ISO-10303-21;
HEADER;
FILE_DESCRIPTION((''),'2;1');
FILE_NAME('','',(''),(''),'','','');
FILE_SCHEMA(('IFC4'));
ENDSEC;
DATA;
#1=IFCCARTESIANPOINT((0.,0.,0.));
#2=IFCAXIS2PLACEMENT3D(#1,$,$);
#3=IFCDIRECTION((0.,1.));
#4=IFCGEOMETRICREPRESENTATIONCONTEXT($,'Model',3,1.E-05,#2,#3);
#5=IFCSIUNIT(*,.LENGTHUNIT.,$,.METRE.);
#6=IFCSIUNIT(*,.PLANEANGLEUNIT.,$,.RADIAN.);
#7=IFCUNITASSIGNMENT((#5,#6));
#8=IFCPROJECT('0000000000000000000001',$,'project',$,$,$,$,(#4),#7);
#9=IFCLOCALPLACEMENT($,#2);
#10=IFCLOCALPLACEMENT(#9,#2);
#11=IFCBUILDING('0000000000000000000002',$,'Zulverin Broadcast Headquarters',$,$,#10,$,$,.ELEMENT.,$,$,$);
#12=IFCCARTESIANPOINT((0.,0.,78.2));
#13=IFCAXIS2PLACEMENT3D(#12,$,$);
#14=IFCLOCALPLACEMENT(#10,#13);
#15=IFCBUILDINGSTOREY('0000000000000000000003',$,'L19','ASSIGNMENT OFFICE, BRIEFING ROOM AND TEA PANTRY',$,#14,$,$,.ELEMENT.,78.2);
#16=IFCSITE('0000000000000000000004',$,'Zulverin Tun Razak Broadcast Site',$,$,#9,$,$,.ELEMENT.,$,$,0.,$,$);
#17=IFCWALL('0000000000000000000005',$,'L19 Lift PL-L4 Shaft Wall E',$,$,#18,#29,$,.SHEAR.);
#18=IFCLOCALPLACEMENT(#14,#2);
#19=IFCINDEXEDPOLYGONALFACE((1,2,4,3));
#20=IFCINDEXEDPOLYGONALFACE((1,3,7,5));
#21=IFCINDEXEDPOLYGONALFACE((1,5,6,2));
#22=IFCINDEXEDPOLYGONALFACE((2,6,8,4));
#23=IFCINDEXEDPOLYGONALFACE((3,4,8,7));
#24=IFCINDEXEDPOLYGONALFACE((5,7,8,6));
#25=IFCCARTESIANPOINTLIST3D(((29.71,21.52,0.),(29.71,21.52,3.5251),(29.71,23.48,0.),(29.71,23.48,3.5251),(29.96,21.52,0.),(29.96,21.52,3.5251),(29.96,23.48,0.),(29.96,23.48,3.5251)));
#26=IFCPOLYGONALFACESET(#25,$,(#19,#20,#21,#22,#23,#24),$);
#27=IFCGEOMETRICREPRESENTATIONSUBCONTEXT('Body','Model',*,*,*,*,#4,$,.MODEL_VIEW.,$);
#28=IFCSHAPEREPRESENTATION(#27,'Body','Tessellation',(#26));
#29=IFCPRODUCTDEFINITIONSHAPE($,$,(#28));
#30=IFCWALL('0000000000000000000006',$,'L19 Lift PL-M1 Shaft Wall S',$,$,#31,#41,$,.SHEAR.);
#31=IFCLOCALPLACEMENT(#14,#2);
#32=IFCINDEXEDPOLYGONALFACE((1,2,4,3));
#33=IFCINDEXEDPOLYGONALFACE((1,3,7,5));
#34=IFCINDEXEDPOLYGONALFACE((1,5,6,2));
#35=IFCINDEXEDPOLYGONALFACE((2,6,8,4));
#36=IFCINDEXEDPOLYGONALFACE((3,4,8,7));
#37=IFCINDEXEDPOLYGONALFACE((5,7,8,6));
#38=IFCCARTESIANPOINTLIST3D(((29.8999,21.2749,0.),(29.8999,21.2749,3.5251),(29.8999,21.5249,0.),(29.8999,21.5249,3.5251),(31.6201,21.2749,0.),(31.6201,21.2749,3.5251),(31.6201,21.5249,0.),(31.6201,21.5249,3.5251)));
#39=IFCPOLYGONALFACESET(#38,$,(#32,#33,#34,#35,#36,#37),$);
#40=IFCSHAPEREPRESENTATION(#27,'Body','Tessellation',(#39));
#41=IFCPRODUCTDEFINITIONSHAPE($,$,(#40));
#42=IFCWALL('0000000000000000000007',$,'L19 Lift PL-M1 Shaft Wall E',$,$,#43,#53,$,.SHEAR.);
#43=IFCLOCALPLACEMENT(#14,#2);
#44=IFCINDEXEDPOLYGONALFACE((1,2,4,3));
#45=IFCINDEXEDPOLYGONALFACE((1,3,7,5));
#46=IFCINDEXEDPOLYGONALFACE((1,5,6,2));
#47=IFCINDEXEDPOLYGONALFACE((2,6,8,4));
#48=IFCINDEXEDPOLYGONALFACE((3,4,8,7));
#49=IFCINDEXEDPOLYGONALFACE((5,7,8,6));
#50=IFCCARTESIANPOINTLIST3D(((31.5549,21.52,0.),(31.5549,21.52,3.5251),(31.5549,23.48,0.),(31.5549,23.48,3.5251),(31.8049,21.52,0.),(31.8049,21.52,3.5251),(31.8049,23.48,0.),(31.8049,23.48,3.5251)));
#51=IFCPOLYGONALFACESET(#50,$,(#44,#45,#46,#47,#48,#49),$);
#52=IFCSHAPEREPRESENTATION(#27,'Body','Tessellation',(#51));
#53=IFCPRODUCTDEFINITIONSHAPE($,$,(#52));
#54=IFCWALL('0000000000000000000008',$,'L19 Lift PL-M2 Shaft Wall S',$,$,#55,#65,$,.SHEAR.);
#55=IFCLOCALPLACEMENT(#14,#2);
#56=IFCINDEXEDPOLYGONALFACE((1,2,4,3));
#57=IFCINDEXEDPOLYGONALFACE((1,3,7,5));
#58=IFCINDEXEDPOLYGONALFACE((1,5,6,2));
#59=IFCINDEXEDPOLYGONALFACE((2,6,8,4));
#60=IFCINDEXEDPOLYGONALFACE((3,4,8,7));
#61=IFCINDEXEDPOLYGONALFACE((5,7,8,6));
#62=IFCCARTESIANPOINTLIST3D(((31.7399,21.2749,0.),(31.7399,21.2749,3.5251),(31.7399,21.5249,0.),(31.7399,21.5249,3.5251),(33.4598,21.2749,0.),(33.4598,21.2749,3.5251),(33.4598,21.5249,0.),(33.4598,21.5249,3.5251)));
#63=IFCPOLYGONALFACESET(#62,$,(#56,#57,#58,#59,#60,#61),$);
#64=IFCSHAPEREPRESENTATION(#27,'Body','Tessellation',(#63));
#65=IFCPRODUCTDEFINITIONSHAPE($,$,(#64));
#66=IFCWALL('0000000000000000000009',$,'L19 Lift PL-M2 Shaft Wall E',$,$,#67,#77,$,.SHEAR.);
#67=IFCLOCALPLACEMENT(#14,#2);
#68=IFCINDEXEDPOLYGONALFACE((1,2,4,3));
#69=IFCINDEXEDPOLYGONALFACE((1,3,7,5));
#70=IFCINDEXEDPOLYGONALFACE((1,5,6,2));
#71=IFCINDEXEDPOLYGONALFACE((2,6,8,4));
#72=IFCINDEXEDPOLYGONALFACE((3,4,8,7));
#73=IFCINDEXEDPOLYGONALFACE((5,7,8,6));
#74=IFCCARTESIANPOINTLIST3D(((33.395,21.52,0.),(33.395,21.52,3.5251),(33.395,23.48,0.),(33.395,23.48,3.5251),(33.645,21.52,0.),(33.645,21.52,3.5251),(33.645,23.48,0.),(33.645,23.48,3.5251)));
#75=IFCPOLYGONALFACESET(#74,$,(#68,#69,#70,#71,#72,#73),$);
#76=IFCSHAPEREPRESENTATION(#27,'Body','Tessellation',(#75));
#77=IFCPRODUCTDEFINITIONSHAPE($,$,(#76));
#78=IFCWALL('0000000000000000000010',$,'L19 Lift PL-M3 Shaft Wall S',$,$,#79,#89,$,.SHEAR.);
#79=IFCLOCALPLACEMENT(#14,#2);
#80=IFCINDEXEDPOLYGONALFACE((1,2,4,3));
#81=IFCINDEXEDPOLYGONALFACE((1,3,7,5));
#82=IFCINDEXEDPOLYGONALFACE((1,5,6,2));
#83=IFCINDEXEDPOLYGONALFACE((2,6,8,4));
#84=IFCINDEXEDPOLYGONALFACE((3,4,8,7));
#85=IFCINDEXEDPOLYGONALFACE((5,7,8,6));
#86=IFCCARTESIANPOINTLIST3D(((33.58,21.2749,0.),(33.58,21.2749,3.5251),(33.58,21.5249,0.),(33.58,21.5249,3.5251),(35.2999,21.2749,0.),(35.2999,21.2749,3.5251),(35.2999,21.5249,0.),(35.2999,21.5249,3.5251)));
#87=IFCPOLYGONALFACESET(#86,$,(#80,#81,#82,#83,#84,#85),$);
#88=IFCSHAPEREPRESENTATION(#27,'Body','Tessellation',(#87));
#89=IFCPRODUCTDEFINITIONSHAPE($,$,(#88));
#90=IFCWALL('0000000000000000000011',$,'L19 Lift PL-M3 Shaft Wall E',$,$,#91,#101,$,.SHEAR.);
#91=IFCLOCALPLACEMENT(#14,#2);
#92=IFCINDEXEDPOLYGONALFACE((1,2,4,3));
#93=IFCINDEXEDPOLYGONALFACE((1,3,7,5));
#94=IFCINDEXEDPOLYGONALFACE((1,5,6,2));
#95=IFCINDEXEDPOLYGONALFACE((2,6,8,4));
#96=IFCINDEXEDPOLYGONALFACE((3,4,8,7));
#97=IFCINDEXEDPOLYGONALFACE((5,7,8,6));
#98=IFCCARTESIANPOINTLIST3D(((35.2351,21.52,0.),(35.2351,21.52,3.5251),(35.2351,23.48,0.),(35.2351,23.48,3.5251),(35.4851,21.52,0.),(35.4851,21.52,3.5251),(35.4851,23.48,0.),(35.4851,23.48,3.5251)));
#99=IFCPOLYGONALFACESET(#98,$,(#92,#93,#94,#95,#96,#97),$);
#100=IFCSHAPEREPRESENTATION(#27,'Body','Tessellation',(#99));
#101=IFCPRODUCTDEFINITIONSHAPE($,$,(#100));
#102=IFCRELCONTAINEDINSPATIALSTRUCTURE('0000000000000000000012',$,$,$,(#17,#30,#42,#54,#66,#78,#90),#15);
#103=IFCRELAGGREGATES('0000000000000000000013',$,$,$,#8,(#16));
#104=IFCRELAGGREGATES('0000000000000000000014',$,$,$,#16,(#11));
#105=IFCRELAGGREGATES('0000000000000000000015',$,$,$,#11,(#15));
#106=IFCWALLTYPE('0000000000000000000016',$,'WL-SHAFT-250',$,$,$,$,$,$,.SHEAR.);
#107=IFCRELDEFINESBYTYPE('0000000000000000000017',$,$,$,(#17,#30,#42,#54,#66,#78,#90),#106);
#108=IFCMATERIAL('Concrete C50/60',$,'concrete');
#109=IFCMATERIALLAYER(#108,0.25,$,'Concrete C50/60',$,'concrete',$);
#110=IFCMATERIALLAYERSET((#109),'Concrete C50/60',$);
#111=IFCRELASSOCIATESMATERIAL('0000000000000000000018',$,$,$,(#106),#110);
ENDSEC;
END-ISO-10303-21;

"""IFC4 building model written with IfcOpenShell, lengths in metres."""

from ifc_helpers import new_model, si_unit, direction, frame, frame_2d, origin, place, context, subcontext, project, spatial, rectangle, extrude, material, layer, layer_set, type_object, element, save


model = new_model("IFC4")

# Units and contexts
model_context = context("Model", 3, precision=1e-05, world=origin(), true_north=direction((0.0, 1.0)))
body_context = subcontext(model_context, "Body", "Model", "MODEL_VIEW")
ifc_project = project(units=[si_unit("LENGTHUNIT", "METRE"), si_unit("PLANEANGLEUNIT", "RADIAN")], contexts=[model_context])

# Site, building, storey
site_placement = place(None, origin())
site = spatial("IfcSite", under=ifc_project, at=site_placement, Name="Zulverin Tun Razak Broadcast Site", CompositionType="ELEMENT", RefElevation=0.0)
building_placement = place(site_placement, origin())
building = spatial("IfcBuilding", under=site, at=building_placement, Name="Zulverin Broadcast Headquarters", CompositionType="ELEMENT")
storey_placement = place(building_placement, frame((0.0, 0.0, 78.2)))
storey = spatial("IfcBuildingStorey", under=building, at=storey_placement, Name="L19", Description="ASSIGNMENT OFFICE, BRIEFING ROOM AND TEA PANTRY", CompositionType="ELEMENT", Elevation=78.2)

# Shared definitions
ifc_material_1 = material(Name="Concrete C50/60", Category="concrete")
ifc_layer_1 = layer(ifc_material_1, 0.25, Name="Concrete C50/60", Category="concrete")
ifc_layer_set_1 = layer_set([ifc_layer_1], Name="Concrete C50/60")
wall_type_1 = type_object("IfcWallType", Name="WL-SHAFT-250", PredefinedType="SHEAR", material=ifc_layer_set_1)

# Walls
wall_1_placement = place(storey_placement, frame((29.835, 21.52, 0.0), z_axis=(0.0, 0.0, 1.0), x_axis=(0.0, 1.0, 0.0)))
element("IfcWall", 1, at=wall_1_placement, inside=storey, type_object=wall_type_1, Name="L19 Lift PL-L4 Shaft Wall E", PredefinedType="SHEAR", context=body_context, shape_type="SweptSolid", body=[
    extrude(rectangle(XDim=1.96, YDim=0.25, at=frame_2d((0.98, 0.0))), origin(), (0.0, 0.0, 1.0), 3.5251),
])
wall_2_placement = place(storey_placement, frame((29.8999, 21.3999, 0.0), z_axis=(0.0, 0.0, 1.0), x_axis=(1.0, 0.0, 0.0)))
element("IfcWall", 2, at=wall_2_placement, inside=storey, type_object=wall_type_1, Name="L19 Lift PL-M1 Shaft Wall S", PredefinedType="SHEAR", context=body_context, shape_type="SweptSolid", body=[
    extrude(rectangle(XDim=1.7202, YDim=0.25, at=frame_2d((0.8601, 0.0))), origin(), (0.0, 0.0, 1.0), 3.5251),
])
wall_3_placement = place(storey_placement, frame((31.6799, 21.52, 0.0), z_axis=(0.0, 0.0, 1.0), x_axis=(0.0, 1.0, 0.0)))
element("IfcWall", 3, at=wall_3_placement, inside=storey, type_object=wall_type_1, Name="L19 Lift PL-M1 Shaft Wall E", PredefinedType="SHEAR", context=body_context, shape_type="SweptSolid", body=[
    extrude(rectangle(XDim=1.96, YDim=0.25, at=frame_2d((0.98, 0.0))), origin(), (0.0, 0.0, 1.0), 3.5251),
])
wall_4_placement = place(storey_placement, frame((31.74, 21.3999, 0.0), z_axis=(0.0, 0.0, 1.0), x_axis=(1.0, 0.0, 0.0)))
element("IfcWall", 4, at=wall_4_placement, inside=storey, type_object=wall_type_1, Name="L19 Lift PL-M2 Shaft Wall S", PredefinedType="SHEAR", context=body_context, shape_type="SweptSolid", body=[
    extrude(rectangle(XDim=1.72, YDim=0.25, at=frame_2d((0.8599, 0.0))), origin(), (0.0, 0.0, 1.0), 3.5251),
])
wall_5_placement = place(storey_placement, frame((33.52, 21.52, 0.0), z_axis=(0.0, 0.0, 1.0), x_axis=(0.0, 1.0, 0.0)))
element("IfcWall", 5, at=wall_5_placement, inside=storey, type_object=wall_type_1, Name="L19 Lift PL-M2 Shaft Wall E", PredefinedType="SHEAR", context=body_context, shape_type="SweptSolid", body=[
    extrude(rectangle(XDim=1.96, YDim=0.25, at=frame_2d((0.98, 0.0))), origin(), (0.0, 0.0, 1.0), 3.5251),
])
wall_6_placement = place(storey_placement, frame((33.5801, 21.3999, 0.0), z_axis=(0.0, 0.0, 1.0), x_axis=(1.0, 0.0, 0.0)))
element("IfcWall", 6, at=wall_6_placement, inside=storey, type_object=wall_type_1, Name="L19 Lift PL-M3 Shaft Wall S", PredefinedType="SHEAR", context=body_context, shape_type="SweptSolid", body=[
    extrude(rectangle(XDim=1.72, YDim=0.25, at=frame_2d((0.8599, 0.0))), origin(), (0.0, 0.0, 1.0), 3.5251),
])
wall_7_placement = place(storey_placement, frame((35.3601, 21.52, 0.0), z_axis=(0.0, 0.0, 1.0), x_axis=(0.0, 1.0, 0.0)))
element("IfcWall", 7, at=wall_7_placement, inside=storey, type_object=wall_type_1, Name="L19 Lift PL-M3 Shaft Wall E", PredefinedType="SHEAR", context=body_context, shape_type="SweptSolid", body=[
    extrude(rectangle(XDim=1.96, YDim=0.25, at=frame_2d((0.98, 0.0))), origin(), (0.0, 0.0, 1.0), 3.5251),
])

save(model, "model.ifc")
